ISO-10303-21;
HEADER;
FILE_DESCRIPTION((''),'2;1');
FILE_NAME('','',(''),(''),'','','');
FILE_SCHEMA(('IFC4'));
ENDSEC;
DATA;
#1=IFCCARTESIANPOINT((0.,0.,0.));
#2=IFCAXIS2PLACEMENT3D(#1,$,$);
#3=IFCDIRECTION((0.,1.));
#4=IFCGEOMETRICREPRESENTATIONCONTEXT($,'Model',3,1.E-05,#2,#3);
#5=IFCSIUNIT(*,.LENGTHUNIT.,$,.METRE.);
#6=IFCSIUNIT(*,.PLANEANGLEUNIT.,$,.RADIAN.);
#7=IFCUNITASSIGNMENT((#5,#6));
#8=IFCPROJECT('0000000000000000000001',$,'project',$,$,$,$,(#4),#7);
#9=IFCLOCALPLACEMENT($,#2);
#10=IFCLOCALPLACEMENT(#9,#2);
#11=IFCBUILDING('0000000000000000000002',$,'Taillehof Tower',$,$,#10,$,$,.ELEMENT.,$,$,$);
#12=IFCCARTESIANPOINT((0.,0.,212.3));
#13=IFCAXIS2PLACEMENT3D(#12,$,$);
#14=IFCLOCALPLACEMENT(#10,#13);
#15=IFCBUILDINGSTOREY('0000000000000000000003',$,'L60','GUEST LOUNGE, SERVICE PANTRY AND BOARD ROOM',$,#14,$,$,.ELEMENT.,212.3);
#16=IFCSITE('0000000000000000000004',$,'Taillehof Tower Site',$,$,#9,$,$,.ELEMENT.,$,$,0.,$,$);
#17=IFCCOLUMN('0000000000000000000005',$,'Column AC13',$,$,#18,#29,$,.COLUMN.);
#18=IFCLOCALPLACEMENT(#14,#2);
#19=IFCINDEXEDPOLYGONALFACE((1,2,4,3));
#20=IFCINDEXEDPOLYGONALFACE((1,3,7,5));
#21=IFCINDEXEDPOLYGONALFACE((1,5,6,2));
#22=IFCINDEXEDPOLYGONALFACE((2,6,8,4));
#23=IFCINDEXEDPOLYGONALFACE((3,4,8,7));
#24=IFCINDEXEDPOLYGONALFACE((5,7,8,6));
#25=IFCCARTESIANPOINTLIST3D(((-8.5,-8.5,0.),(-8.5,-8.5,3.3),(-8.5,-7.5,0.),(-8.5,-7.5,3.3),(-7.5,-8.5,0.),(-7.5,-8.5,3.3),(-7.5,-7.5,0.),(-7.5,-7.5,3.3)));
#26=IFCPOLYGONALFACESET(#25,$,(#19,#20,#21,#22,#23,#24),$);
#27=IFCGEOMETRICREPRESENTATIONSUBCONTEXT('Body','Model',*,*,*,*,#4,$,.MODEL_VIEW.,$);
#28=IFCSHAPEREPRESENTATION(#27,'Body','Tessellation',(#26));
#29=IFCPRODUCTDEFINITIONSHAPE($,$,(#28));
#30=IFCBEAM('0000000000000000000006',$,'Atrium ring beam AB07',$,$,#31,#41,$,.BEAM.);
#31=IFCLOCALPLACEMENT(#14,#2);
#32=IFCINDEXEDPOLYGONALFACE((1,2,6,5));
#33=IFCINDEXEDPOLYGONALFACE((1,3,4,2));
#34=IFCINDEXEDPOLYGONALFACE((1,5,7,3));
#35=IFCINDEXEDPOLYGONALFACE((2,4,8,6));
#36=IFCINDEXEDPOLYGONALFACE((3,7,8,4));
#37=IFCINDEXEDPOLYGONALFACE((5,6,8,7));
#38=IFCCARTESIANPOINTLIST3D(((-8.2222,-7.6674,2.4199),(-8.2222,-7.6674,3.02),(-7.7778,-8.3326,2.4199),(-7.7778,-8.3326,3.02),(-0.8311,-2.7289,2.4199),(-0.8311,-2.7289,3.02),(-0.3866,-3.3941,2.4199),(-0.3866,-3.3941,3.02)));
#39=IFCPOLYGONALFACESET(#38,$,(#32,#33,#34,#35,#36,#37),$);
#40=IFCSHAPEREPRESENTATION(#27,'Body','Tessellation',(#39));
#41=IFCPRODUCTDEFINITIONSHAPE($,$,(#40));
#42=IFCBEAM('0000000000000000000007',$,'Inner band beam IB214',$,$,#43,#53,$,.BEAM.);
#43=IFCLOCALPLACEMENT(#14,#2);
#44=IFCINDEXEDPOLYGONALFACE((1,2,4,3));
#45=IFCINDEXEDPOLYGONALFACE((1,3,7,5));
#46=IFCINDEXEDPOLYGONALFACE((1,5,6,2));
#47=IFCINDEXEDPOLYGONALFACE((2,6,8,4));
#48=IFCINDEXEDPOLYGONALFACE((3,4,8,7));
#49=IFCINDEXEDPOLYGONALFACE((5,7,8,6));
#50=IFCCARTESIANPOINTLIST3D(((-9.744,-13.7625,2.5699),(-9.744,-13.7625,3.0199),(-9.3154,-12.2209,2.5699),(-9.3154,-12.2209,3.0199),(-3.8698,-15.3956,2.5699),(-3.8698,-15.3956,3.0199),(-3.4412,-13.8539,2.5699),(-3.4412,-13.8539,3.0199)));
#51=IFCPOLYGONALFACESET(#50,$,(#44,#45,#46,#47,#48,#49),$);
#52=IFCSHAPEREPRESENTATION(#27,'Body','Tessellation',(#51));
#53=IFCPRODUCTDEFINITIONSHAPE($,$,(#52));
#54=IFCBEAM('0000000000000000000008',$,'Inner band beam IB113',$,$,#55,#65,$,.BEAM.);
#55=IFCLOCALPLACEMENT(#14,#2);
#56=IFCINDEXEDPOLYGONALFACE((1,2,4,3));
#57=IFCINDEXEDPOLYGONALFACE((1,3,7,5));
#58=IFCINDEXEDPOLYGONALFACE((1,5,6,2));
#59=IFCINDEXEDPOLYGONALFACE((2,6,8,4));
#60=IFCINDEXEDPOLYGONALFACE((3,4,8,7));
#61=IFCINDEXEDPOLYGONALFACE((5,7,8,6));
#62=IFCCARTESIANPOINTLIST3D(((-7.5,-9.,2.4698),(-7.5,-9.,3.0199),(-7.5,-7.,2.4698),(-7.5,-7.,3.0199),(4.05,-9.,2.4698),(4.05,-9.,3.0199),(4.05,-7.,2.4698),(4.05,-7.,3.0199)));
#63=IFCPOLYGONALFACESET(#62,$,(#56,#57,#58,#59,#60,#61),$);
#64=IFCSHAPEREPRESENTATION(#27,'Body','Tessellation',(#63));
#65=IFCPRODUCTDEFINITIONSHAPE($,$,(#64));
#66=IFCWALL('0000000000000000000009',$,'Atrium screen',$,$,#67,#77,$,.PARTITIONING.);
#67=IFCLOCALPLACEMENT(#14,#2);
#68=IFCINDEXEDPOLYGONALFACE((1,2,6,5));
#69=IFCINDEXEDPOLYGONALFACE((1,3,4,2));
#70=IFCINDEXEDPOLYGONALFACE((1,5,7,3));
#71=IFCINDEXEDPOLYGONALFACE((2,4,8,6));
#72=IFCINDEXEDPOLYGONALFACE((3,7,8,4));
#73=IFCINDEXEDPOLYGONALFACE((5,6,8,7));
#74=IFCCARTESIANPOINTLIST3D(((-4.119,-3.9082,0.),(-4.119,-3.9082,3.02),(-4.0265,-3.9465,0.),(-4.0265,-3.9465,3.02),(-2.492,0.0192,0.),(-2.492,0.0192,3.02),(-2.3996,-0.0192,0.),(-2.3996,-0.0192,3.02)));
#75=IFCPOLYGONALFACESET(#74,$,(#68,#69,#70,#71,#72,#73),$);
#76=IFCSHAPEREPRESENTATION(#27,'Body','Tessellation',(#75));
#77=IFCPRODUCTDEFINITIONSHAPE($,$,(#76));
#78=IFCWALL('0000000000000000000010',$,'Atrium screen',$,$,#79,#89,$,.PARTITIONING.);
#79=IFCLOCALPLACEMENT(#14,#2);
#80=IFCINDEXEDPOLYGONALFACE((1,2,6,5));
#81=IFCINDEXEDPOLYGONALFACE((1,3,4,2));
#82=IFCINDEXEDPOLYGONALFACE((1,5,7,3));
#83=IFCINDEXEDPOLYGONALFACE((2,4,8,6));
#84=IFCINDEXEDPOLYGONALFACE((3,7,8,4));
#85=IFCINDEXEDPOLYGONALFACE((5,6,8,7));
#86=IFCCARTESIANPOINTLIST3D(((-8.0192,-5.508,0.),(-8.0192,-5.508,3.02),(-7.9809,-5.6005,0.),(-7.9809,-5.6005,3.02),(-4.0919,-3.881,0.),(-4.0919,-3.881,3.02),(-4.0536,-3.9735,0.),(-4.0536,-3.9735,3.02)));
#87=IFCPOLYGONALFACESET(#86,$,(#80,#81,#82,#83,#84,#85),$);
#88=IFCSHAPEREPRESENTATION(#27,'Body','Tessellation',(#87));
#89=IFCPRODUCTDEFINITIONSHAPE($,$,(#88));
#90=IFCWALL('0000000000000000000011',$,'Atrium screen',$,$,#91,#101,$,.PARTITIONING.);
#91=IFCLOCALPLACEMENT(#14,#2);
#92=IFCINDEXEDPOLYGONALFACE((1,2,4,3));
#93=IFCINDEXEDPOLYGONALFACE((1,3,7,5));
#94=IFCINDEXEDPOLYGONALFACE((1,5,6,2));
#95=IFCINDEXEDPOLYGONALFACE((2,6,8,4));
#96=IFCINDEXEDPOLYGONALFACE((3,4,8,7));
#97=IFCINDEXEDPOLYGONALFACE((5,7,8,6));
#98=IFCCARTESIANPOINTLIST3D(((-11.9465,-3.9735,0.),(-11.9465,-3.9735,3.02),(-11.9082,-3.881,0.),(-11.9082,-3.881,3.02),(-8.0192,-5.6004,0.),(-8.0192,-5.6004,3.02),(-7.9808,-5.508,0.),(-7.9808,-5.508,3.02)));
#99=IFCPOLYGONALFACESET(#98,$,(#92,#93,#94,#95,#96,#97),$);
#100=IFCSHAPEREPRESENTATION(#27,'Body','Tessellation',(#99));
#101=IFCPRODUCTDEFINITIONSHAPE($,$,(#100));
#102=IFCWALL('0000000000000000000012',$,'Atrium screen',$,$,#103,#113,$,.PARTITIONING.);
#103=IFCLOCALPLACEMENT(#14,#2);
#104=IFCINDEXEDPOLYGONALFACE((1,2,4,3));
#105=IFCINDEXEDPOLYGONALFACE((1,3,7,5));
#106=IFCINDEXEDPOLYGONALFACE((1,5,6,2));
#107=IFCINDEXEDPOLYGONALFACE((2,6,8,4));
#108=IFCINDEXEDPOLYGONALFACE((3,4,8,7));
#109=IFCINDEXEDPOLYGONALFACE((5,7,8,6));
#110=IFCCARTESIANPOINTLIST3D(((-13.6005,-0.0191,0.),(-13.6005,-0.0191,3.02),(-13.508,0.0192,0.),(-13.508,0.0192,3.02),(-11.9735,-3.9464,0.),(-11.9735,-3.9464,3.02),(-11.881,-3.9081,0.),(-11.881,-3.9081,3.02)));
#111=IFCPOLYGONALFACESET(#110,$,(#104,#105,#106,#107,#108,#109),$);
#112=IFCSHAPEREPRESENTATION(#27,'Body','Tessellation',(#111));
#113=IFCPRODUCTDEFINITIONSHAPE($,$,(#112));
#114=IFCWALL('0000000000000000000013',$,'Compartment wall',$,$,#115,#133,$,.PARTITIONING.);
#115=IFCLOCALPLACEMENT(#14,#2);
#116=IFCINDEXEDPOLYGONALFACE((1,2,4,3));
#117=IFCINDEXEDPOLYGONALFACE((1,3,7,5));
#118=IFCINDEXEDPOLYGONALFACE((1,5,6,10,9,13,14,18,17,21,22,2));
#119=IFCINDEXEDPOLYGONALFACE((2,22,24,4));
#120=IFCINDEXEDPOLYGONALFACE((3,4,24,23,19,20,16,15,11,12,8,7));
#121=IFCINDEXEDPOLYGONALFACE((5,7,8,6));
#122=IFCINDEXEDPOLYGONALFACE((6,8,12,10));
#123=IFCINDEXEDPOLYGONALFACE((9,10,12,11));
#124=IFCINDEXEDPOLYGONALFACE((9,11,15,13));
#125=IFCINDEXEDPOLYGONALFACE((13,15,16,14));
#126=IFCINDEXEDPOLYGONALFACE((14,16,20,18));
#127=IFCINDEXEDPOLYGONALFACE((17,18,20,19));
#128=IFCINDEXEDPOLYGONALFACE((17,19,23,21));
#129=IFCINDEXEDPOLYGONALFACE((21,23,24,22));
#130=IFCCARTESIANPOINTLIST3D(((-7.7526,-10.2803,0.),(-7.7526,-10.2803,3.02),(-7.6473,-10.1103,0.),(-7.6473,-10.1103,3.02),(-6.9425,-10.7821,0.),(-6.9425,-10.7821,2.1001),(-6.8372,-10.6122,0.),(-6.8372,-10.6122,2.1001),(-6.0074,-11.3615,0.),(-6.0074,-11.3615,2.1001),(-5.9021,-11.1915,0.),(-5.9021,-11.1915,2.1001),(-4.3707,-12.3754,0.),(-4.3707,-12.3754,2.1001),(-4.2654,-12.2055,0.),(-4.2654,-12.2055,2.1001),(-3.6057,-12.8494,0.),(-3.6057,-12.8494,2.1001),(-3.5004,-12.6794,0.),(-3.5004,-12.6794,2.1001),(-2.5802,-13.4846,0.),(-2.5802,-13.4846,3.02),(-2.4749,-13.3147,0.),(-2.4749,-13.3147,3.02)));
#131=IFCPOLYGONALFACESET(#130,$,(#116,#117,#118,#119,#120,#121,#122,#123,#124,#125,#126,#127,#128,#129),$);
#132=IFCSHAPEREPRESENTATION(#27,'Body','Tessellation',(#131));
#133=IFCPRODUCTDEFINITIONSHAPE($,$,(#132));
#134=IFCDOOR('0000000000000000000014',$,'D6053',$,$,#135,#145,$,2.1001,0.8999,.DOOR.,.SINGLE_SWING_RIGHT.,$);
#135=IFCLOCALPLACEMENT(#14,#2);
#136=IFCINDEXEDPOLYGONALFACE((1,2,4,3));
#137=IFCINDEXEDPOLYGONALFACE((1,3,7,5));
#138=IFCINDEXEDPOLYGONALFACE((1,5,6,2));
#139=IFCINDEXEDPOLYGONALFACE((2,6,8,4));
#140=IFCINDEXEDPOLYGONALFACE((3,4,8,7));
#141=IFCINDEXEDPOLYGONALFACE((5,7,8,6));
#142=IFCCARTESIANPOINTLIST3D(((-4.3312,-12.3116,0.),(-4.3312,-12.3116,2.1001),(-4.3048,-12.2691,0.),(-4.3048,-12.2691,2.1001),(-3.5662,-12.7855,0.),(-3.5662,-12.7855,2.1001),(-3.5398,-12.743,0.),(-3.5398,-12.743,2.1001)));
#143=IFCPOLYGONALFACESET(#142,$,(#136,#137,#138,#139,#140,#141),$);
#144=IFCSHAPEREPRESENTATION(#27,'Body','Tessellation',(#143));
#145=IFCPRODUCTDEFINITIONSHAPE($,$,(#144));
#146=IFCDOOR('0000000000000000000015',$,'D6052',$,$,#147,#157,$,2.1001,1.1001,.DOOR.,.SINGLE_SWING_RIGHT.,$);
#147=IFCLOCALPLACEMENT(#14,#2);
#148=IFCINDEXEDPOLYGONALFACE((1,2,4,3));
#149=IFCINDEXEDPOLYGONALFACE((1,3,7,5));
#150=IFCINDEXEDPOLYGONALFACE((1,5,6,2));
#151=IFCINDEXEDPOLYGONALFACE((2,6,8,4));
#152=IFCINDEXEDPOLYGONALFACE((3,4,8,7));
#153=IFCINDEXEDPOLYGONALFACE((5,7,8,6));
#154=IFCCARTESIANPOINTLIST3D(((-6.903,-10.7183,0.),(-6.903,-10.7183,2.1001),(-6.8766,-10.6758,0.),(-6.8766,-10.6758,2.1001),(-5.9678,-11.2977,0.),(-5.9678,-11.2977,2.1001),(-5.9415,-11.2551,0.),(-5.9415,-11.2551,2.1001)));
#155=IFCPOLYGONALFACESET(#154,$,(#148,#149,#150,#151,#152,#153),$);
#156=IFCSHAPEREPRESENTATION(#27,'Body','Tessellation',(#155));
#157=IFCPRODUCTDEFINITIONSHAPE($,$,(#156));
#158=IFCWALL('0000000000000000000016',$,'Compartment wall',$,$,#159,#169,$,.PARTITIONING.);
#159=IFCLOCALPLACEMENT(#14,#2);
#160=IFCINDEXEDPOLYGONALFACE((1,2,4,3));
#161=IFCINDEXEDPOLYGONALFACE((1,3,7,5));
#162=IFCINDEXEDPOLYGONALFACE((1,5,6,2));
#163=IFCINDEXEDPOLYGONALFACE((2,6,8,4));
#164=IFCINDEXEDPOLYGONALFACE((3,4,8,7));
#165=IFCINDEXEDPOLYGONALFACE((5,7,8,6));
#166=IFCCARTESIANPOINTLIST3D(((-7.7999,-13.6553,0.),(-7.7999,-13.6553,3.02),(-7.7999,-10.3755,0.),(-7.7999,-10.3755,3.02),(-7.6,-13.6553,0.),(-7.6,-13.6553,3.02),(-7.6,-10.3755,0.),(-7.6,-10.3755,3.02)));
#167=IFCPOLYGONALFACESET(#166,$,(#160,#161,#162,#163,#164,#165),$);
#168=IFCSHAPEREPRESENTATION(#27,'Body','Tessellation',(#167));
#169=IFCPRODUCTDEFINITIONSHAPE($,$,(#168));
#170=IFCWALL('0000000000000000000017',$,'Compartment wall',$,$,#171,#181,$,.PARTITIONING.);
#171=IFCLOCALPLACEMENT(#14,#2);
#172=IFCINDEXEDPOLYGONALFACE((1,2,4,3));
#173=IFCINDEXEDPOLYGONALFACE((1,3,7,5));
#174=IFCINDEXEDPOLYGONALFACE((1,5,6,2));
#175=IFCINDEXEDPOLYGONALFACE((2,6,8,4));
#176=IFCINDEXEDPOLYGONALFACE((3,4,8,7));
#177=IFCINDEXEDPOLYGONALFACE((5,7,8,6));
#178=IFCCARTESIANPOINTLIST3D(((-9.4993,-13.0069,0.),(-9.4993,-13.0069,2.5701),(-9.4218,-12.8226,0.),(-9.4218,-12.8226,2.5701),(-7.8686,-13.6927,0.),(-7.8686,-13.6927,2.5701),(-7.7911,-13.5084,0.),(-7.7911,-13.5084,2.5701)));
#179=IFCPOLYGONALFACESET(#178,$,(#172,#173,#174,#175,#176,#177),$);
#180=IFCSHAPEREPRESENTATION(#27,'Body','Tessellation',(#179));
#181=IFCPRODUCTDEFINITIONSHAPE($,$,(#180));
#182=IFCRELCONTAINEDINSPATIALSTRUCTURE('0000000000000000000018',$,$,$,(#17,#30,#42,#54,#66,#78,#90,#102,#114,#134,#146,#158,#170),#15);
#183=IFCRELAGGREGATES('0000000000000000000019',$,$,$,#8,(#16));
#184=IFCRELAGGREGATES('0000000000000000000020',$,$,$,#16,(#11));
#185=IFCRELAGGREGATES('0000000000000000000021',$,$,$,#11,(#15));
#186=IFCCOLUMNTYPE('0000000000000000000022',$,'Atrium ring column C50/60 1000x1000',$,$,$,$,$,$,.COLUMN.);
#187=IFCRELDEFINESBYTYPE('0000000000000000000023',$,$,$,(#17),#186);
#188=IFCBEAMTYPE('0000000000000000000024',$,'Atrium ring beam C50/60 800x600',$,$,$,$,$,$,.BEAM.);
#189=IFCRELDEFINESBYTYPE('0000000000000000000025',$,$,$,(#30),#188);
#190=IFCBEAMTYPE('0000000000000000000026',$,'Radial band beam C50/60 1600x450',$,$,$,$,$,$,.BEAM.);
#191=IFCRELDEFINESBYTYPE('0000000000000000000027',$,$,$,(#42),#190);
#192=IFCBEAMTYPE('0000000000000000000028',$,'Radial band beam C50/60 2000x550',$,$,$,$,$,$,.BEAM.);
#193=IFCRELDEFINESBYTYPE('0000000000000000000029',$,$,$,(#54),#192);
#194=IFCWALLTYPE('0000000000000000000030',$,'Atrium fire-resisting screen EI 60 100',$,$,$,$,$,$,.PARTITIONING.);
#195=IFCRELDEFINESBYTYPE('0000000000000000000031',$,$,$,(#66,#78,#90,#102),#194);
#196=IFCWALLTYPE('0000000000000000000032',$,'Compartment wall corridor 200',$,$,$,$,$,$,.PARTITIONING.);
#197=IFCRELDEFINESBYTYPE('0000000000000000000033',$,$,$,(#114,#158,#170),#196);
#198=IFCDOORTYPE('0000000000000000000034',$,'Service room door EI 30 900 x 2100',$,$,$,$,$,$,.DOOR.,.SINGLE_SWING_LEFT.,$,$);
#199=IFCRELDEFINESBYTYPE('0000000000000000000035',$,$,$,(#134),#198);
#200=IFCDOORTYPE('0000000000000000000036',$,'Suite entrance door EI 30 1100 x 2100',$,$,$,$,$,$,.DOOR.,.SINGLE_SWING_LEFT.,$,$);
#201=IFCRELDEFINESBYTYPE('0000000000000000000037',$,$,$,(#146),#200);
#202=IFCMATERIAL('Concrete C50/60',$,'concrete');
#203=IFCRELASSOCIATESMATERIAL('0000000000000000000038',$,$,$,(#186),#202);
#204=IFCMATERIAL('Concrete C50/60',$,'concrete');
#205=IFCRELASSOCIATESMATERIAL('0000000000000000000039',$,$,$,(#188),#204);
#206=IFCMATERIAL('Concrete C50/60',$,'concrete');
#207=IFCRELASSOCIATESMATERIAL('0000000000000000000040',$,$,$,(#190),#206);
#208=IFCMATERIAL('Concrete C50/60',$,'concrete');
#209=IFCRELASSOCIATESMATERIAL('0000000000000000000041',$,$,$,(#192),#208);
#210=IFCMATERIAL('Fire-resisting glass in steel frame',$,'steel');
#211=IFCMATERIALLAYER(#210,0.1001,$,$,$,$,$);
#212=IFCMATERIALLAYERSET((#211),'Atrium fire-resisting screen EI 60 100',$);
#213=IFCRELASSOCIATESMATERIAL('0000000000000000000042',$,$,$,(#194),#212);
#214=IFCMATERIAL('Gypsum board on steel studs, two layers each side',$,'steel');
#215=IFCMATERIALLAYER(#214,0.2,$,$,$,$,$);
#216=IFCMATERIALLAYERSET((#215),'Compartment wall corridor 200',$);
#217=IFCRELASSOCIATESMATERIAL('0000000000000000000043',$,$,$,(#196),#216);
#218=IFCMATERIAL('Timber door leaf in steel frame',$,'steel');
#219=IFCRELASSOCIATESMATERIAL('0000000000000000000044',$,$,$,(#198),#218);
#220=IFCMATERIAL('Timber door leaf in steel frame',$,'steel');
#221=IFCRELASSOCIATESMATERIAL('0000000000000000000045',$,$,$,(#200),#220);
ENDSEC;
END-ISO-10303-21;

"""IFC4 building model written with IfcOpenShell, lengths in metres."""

from ifc_helpers import new_model, si_unit, direction, frame, frame_2d, origin, origin_2d, place, context, subcontext, project, spatial, rectangle, extrude, material, layer, layer_set, material_profile, profile_set, type_object, element, fill, save


model = new_model("IFC4")

# Units and contexts
model_context = context("Model", 3, precision=1e-05, world=origin(), true_north=direction((0.0, 1.0)))
body_context = subcontext(model_context, "Body", "Model", "MODEL_VIEW")
ifc_project = project(units=[si_unit("LENGTHUNIT", "METRE"), si_unit("PLANEANGLEUNIT", "RADIAN")], contexts=[model_context])

# Site, building, storey
site_placement = place(None, origin())
site = spatial("IfcSite", under=ifc_project, at=site_placement, Name="Taillehof Tower Site", CompositionType="ELEMENT", RefElevation=0.0)
building_placement = place(site_placement, origin())
building = spatial("IfcBuilding", under=site, at=building_placement, Name="Taillehof Tower", CompositionType="ELEMENT")
storey_placement = place(building_placement, frame((0.0, 0.0, 212.3)))
storey = spatial("IfcBuildingStorey", under=building, at=storey_placement, Name="L60", Description="GUEST LOUNGE, SERVICE PANTRY AND BOARD ROOM", CompositionType="ELEMENT", Elevation=212.3)

# Column
ifc_material_1 = material(Name="Concrete C50/60", Category="concrete")
ifc_material_profile_1 = material_profile(ifc_material_1, rectangle(XDim=1.0, YDim=1.0, at=origin_2d()), Name="RC 1000x1000")
ifc_profile_set_1 = profile_set([ifc_material_profile_1], Name="Concrete C50/60")
column_type = type_object("IfcColumnType", Name="Atrium ring column C50/60 1000x1000", PredefinedType="COLUMN", material=ifc_profile_set_1)
column_placement = place(storey_placement, frame((-8.0, -8.0, 0.0), z_axis=(0.0, 0.0, 1.0), x_axis=(1.0, 0.0, 0.0)))
element("IfcColumn", 1, at=column_placement, inside=storey, type_object=column_type, Name="Column AC13", PredefinedType="COLUMN", context=body_context, shape_type="SweptSolid", body=[
    extrude(rectangle(XDim=1.0, YDim=1.0, at=origin_2d()), origin(), (0.0, 0.0, 1.0), 3.3),
])

# Beams
ifc_material_2 = material(Name="Concrete C50/60", Category="concrete")
ifc_material_profile_2 = material_profile(ifc_material_2, rectangle(XDim=0.8, YDim=0.6001, at=origin_2d()), Name="RC 800x600")
ifc_profile_set_2 = profile_set([ifc_material_profile_2], Name="Concrete C50/60")
beam_type_1 = type_object("IfcBeamType", Name="Atrium ring beam C50/60 800x600", PredefinedType="BEAM", material=ifc_profile_set_2)
beam_1_placement = place(storey_placement, frame((-8.0, -8.0, 2.72), z_axis=(0.831475, 0.555562, 0.0), x_axis=(-0.555562, 0.831475, 0.0)))
element("IfcBeam", 2, at=beam_1_placement, inside=storey, type_object=beam_type_1, Name="Atrium ring beam AB07", PredefinedType="BEAM", context=body_context, shape_type="SweptSolid", body=[
    extrude(rectangle(XDim=0.8, YDim=0.6001, at=origin_2d()), origin(), (0.0, 0.0, 1.0), 8.8892),
])
ifc_material_3 = material(Name="Concrete C50/60", Category="concrete")
ifc_material_profile_3 = material_profile(ifc_material_3, rectangle(XDim=1.6001, YDim=0.45, at=origin_2d()), Name="RC 1600x450")
ifc_profile_set_3 = profile_set([ifc_material_profile_3], Name="Concrete C50/60")
beam_type_2 = type_object("IfcBeamType", Name="Radial band beam C50/60 1600x450", PredefinedType="BEAM", material=ifc_profile_set_3)
beam_2_placement = place(storey_placement, frame((-3.6555, -14.6248, 2.7949), z_axis=(-0.963459, 0.267855, 0.0), x_axis=(-0.267855, -0.963459, 0.0)))
element("IfcBeam", 3, at=beam_2_placement, inside=storey, type_object=beam_type_2, Name="Inner band beam IB214", PredefinedType="BEAM", context=body_context, shape_type="SweptSolid", body=[
    extrude(rectangle(XDim=1.6001, YDim=0.45, at=origin_2d()), origin(), (0.0, 0.0, 1.0), 6.0969),
])
ifc_material_4 = material(Name="Concrete C50/60", Category="concrete")
ifc_material_profile_4 = material_profile(ifc_material_4, rectangle(XDim=2.0, YDim=0.55, at=origin_2d()), Name="RC 2000x550")
ifc_profile_set_4 = profile_set([ifc_material_profile_4], Name="Concrete C50/60")
beam_type_3 = type_object("IfcBeamType", Name="Radial band beam C50/60 2000x550", PredefinedType="BEAM", material=ifc_profile_set_4)
beam_3_placement = place(storey_placement, frame((-7.5, -8.0, 2.7449), z_axis=(1.0, 0.0, 0.0), x_axis=(0.0, 1.0, 0.0)))
element("IfcBeam", 4, at=beam_3_placement, inside=storey, type_object=beam_type_3, Name="Inner band beam IB113", PredefinedType="BEAM", context=body_context, shape_type="SweptSolid", body=[
    extrude(rectangle(XDim=2.0, YDim=0.55, at=origin_2d()), origin(), (0.0, 0.0, 1.0), 11.55),
])

# Walls
ifc_material_5 = material(Name="Fire-resisting glass in steel frame", Category="steel")
ifc_layer_1 = layer(ifc_material_5, 0.1001)
ifc_layer_set_1 = layer_set([ifc_layer_1], Name="Atrium fire-resisting screen EI 60 100")
wall_type_1 = type_object("IfcWallType", Name="Atrium fire-resisting screen EI 60 100", PredefinedType="PARTITIONING", material=ifc_layer_set_1)
for number, where, z_axis, x_axis, name in (
    (5, (-2.4458, 0.0, 0.0), (0.0, 0.0, 1.0), (-0.382731, -0.92386, 0.0), "Atrium screen"),
    (6, (-4.0728, -3.9272, 0.0), (0.0, 0.0, 1.0), (-0.92386, -0.382731, 0.0), "Atrium screen"),
    (7, (-8.0, -5.5542, 0.0), (0.0, 0.0, 1.0), (-0.92386, 0.382731, 0.0), "Atrium screen"),
    (8, (-11.9272, -3.9272, 0.0), (0.0, 0.0, 1.0), (-0.382731, 0.92386, 0.0), "Atrium screen"),
):
    element("IfcWall", number, at=place(storey_placement, frame(where, z_axis=z_axis, x_axis=x_axis)), inside=storey, type_object=wall_type_1, Name=name, PredefinedType="PARTITIONING", context=body_context, shape_type="SweptSolid", body=[
        extrude(rectangle(XDim=4.251, YDim=0.1001, at=frame_2d((2.1255, 0.0))), origin(), (0.0, 0.0, 1.0), 3.02),
    ])

# Wall, openings, doors
ifc_material_6 = material(Name="Gypsum board on steel studs, two layers each side", Category="steel")
ifc_layer_2 = layer(ifc_material_6, 0.2)
ifc_layer_set_2 = layer_set([ifc_layer_2], Name="Compartment wall corridor 200")
wall_type_2 = type_object("IfcWallType", Name="Compartment wall corridor 200", PredefinedType="PARTITIONING", material=ifc_layer_set_2)
wall_1_placement = place(storey_placement, frame((-2.5276, -13.3997, 0.0), z_axis=(0.0, 0.0, 1.0), x_axis=(-0.850088, 0.526641, 0.0)))
wall_1 = element("IfcWall", 9, at=wall_1_placement, inside=storey, type_object=wall_type_2, Name="Compartment wall", PredefinedType="PARTITIONING", context=body_context, shape_type="SweptSolid", body=[
    extrude(rectangle(XDim=6.0845, YDim=0.2, at=frame_2d((3.0422, 0.0))), origin(), (0.0, 0.0, 1.0), 3.02),
])
opening_1_placement = place(wall_1_placement, frame((4.0315, 0.0, 0.0)))
opening_1 = element("IfcOpeningElement", 10, at=opening_1_placement, cuts=wall_1, PredefinedType="OPENING", context=body_context, shape_type="SweptSolid", body=[
    extrude(rectangle(XDim=1.1001, YDim=2.1001, at=frame_2d((0.55, 1.05))), frame((0.0, 0.1099, 0.0), z_axis=(0.0, -1.0, 0.0), x_axis=(1.0, 0.0, 0.0)), (0.0, 0.0, 1.0), 0.22),
])
opening_2_placement = place(wall_1_placement, frame((1.2063, 0.0, 0.0)))
opening_2 = element("IfcOpeningElement", 11, at=opening_2_placement, cuts=wall_1, PredefinedType="OPENING", context=body_context, shape_type="SweptSolid", body=[
    extrude(rectangle(XDim=0.8999, YDim=2.1001, at=frame_2d((0.45, 1.05))), frame((0.0, 0.1099, 0.0), z_axis=(0.0, -1.0, 0.0), x_axis=(1.0, 0.0, 0.0)), (0.0, 0.0, 1.0), 0.22),
])
ifc_material_7 = material(Name="Timber door leaf in steel frame", Category="steel")
door_type_1 = type_object("IfcDoorType", Name="Service room door EI 30 900 x 2100", OperationType="SINGLE_SWING_LEFT", PredefinedType="DOOR", material=ifc_material_7)
door_1_placement = place(opening_2_placement, origin())
door_1 = element("IfcDoor", 12, at=door_1_placement, inside=storey, type_object=door_type_1, Name="D6053", OperationType="SINGLE_SWING_RIGHT", OverallHeight=2.1001, OverallWidth=0.8999, PredefinedType="DOOR", context=body_context, shape_type="SweptSolid", body=[
    extrude(rectangle(XDim=0.8999, YDim=2.1001, at=frame_2d((0.45, 1.05))), frame((0.0, 0.0249, 0.0), z_axis=(0.0, -1.0, 0.0), x_axis=(1.0, 0.0, 0.0)), (0.0, 0.0, 1.0), 0.05),
])
fill(opening_2, door_1)
ifc_material_8 = material(Name="Timber door leaf in steel frame", Category="steel")
door_type_2 = type_object("IfcDoorType", Name="Suite entrance door EI 30 1100 x 2100", OperationType="SINGLE_SWING_LEFT", PredefinedType="DOOR", material=ifc_material_8)
door_2_placement = place(opening_1_placement, origin())
door_2 = element("IfcDoor", 13, at=door_2_placement, inside=storey, type_object=door_type_2, Name="D6052", OperationType="SINGLE_SWING_RIGHT", OverallHeight=2.1001, OverallWidth=1.1001, PredefinedType="DOOR", context=body_context, shape_type="SweptSolid", body=[
    extrude(rectangle(XDim=1.1001, YDim=2.1001, at=frame_2d((0.55, 1.05))), frame((0.0, 0.0249, 0.0), z_axis=(0.0, -1.0, 0.0), x_axis=(1.0, 0.0, 0.0)), (0.0, 0.0, 1.0), 0.05),
])
fill(opening_1, door_2)

# Walls
wall_2_placement = place(storey_placement, frame((-7.7, -10.3755, 0.0), z_axis=(0.0, 0.0, 1.0), x_axis=(0.0, -1.0, 0.0)))
element("IfcWall", 14, at=wall_2_placement, inside=storey, type_object=wall_type_2, Name="Compartment wall", PredefinedType="PARTITIONING", context=body_context, shape_type="SweptSolid", body=[
    extrude(rectangle(XDim=3.2798, YDim=0.2, at=frame_2d((1.6399, 0.0))), origin(), (0.0, 0.0, 1.0), 3.02),
])
wall_3_placement = place(storey_placement, frame((-7.8298, -13.6006, 0.0), z_axis=(0.0, 0.0, 1.0), x_axis=(-0.921794, 0.387681, 0.0)))
element("IfcWall", 15, at=wall_3_placement, inside=storey, type_object=wall_type_2, Name="Compartment wall", PredefinedType="PARTITIONING", context=body_context, shape_type="SweptSolid", body=[
    extrude(rectangle(XDim=1.769, YDim=0.2, at=frame_2d((0.8845, 0.0))), origin(), (0.0, 0.0, 1.0), 2.5701),
])

save(model, "model.ifc")
